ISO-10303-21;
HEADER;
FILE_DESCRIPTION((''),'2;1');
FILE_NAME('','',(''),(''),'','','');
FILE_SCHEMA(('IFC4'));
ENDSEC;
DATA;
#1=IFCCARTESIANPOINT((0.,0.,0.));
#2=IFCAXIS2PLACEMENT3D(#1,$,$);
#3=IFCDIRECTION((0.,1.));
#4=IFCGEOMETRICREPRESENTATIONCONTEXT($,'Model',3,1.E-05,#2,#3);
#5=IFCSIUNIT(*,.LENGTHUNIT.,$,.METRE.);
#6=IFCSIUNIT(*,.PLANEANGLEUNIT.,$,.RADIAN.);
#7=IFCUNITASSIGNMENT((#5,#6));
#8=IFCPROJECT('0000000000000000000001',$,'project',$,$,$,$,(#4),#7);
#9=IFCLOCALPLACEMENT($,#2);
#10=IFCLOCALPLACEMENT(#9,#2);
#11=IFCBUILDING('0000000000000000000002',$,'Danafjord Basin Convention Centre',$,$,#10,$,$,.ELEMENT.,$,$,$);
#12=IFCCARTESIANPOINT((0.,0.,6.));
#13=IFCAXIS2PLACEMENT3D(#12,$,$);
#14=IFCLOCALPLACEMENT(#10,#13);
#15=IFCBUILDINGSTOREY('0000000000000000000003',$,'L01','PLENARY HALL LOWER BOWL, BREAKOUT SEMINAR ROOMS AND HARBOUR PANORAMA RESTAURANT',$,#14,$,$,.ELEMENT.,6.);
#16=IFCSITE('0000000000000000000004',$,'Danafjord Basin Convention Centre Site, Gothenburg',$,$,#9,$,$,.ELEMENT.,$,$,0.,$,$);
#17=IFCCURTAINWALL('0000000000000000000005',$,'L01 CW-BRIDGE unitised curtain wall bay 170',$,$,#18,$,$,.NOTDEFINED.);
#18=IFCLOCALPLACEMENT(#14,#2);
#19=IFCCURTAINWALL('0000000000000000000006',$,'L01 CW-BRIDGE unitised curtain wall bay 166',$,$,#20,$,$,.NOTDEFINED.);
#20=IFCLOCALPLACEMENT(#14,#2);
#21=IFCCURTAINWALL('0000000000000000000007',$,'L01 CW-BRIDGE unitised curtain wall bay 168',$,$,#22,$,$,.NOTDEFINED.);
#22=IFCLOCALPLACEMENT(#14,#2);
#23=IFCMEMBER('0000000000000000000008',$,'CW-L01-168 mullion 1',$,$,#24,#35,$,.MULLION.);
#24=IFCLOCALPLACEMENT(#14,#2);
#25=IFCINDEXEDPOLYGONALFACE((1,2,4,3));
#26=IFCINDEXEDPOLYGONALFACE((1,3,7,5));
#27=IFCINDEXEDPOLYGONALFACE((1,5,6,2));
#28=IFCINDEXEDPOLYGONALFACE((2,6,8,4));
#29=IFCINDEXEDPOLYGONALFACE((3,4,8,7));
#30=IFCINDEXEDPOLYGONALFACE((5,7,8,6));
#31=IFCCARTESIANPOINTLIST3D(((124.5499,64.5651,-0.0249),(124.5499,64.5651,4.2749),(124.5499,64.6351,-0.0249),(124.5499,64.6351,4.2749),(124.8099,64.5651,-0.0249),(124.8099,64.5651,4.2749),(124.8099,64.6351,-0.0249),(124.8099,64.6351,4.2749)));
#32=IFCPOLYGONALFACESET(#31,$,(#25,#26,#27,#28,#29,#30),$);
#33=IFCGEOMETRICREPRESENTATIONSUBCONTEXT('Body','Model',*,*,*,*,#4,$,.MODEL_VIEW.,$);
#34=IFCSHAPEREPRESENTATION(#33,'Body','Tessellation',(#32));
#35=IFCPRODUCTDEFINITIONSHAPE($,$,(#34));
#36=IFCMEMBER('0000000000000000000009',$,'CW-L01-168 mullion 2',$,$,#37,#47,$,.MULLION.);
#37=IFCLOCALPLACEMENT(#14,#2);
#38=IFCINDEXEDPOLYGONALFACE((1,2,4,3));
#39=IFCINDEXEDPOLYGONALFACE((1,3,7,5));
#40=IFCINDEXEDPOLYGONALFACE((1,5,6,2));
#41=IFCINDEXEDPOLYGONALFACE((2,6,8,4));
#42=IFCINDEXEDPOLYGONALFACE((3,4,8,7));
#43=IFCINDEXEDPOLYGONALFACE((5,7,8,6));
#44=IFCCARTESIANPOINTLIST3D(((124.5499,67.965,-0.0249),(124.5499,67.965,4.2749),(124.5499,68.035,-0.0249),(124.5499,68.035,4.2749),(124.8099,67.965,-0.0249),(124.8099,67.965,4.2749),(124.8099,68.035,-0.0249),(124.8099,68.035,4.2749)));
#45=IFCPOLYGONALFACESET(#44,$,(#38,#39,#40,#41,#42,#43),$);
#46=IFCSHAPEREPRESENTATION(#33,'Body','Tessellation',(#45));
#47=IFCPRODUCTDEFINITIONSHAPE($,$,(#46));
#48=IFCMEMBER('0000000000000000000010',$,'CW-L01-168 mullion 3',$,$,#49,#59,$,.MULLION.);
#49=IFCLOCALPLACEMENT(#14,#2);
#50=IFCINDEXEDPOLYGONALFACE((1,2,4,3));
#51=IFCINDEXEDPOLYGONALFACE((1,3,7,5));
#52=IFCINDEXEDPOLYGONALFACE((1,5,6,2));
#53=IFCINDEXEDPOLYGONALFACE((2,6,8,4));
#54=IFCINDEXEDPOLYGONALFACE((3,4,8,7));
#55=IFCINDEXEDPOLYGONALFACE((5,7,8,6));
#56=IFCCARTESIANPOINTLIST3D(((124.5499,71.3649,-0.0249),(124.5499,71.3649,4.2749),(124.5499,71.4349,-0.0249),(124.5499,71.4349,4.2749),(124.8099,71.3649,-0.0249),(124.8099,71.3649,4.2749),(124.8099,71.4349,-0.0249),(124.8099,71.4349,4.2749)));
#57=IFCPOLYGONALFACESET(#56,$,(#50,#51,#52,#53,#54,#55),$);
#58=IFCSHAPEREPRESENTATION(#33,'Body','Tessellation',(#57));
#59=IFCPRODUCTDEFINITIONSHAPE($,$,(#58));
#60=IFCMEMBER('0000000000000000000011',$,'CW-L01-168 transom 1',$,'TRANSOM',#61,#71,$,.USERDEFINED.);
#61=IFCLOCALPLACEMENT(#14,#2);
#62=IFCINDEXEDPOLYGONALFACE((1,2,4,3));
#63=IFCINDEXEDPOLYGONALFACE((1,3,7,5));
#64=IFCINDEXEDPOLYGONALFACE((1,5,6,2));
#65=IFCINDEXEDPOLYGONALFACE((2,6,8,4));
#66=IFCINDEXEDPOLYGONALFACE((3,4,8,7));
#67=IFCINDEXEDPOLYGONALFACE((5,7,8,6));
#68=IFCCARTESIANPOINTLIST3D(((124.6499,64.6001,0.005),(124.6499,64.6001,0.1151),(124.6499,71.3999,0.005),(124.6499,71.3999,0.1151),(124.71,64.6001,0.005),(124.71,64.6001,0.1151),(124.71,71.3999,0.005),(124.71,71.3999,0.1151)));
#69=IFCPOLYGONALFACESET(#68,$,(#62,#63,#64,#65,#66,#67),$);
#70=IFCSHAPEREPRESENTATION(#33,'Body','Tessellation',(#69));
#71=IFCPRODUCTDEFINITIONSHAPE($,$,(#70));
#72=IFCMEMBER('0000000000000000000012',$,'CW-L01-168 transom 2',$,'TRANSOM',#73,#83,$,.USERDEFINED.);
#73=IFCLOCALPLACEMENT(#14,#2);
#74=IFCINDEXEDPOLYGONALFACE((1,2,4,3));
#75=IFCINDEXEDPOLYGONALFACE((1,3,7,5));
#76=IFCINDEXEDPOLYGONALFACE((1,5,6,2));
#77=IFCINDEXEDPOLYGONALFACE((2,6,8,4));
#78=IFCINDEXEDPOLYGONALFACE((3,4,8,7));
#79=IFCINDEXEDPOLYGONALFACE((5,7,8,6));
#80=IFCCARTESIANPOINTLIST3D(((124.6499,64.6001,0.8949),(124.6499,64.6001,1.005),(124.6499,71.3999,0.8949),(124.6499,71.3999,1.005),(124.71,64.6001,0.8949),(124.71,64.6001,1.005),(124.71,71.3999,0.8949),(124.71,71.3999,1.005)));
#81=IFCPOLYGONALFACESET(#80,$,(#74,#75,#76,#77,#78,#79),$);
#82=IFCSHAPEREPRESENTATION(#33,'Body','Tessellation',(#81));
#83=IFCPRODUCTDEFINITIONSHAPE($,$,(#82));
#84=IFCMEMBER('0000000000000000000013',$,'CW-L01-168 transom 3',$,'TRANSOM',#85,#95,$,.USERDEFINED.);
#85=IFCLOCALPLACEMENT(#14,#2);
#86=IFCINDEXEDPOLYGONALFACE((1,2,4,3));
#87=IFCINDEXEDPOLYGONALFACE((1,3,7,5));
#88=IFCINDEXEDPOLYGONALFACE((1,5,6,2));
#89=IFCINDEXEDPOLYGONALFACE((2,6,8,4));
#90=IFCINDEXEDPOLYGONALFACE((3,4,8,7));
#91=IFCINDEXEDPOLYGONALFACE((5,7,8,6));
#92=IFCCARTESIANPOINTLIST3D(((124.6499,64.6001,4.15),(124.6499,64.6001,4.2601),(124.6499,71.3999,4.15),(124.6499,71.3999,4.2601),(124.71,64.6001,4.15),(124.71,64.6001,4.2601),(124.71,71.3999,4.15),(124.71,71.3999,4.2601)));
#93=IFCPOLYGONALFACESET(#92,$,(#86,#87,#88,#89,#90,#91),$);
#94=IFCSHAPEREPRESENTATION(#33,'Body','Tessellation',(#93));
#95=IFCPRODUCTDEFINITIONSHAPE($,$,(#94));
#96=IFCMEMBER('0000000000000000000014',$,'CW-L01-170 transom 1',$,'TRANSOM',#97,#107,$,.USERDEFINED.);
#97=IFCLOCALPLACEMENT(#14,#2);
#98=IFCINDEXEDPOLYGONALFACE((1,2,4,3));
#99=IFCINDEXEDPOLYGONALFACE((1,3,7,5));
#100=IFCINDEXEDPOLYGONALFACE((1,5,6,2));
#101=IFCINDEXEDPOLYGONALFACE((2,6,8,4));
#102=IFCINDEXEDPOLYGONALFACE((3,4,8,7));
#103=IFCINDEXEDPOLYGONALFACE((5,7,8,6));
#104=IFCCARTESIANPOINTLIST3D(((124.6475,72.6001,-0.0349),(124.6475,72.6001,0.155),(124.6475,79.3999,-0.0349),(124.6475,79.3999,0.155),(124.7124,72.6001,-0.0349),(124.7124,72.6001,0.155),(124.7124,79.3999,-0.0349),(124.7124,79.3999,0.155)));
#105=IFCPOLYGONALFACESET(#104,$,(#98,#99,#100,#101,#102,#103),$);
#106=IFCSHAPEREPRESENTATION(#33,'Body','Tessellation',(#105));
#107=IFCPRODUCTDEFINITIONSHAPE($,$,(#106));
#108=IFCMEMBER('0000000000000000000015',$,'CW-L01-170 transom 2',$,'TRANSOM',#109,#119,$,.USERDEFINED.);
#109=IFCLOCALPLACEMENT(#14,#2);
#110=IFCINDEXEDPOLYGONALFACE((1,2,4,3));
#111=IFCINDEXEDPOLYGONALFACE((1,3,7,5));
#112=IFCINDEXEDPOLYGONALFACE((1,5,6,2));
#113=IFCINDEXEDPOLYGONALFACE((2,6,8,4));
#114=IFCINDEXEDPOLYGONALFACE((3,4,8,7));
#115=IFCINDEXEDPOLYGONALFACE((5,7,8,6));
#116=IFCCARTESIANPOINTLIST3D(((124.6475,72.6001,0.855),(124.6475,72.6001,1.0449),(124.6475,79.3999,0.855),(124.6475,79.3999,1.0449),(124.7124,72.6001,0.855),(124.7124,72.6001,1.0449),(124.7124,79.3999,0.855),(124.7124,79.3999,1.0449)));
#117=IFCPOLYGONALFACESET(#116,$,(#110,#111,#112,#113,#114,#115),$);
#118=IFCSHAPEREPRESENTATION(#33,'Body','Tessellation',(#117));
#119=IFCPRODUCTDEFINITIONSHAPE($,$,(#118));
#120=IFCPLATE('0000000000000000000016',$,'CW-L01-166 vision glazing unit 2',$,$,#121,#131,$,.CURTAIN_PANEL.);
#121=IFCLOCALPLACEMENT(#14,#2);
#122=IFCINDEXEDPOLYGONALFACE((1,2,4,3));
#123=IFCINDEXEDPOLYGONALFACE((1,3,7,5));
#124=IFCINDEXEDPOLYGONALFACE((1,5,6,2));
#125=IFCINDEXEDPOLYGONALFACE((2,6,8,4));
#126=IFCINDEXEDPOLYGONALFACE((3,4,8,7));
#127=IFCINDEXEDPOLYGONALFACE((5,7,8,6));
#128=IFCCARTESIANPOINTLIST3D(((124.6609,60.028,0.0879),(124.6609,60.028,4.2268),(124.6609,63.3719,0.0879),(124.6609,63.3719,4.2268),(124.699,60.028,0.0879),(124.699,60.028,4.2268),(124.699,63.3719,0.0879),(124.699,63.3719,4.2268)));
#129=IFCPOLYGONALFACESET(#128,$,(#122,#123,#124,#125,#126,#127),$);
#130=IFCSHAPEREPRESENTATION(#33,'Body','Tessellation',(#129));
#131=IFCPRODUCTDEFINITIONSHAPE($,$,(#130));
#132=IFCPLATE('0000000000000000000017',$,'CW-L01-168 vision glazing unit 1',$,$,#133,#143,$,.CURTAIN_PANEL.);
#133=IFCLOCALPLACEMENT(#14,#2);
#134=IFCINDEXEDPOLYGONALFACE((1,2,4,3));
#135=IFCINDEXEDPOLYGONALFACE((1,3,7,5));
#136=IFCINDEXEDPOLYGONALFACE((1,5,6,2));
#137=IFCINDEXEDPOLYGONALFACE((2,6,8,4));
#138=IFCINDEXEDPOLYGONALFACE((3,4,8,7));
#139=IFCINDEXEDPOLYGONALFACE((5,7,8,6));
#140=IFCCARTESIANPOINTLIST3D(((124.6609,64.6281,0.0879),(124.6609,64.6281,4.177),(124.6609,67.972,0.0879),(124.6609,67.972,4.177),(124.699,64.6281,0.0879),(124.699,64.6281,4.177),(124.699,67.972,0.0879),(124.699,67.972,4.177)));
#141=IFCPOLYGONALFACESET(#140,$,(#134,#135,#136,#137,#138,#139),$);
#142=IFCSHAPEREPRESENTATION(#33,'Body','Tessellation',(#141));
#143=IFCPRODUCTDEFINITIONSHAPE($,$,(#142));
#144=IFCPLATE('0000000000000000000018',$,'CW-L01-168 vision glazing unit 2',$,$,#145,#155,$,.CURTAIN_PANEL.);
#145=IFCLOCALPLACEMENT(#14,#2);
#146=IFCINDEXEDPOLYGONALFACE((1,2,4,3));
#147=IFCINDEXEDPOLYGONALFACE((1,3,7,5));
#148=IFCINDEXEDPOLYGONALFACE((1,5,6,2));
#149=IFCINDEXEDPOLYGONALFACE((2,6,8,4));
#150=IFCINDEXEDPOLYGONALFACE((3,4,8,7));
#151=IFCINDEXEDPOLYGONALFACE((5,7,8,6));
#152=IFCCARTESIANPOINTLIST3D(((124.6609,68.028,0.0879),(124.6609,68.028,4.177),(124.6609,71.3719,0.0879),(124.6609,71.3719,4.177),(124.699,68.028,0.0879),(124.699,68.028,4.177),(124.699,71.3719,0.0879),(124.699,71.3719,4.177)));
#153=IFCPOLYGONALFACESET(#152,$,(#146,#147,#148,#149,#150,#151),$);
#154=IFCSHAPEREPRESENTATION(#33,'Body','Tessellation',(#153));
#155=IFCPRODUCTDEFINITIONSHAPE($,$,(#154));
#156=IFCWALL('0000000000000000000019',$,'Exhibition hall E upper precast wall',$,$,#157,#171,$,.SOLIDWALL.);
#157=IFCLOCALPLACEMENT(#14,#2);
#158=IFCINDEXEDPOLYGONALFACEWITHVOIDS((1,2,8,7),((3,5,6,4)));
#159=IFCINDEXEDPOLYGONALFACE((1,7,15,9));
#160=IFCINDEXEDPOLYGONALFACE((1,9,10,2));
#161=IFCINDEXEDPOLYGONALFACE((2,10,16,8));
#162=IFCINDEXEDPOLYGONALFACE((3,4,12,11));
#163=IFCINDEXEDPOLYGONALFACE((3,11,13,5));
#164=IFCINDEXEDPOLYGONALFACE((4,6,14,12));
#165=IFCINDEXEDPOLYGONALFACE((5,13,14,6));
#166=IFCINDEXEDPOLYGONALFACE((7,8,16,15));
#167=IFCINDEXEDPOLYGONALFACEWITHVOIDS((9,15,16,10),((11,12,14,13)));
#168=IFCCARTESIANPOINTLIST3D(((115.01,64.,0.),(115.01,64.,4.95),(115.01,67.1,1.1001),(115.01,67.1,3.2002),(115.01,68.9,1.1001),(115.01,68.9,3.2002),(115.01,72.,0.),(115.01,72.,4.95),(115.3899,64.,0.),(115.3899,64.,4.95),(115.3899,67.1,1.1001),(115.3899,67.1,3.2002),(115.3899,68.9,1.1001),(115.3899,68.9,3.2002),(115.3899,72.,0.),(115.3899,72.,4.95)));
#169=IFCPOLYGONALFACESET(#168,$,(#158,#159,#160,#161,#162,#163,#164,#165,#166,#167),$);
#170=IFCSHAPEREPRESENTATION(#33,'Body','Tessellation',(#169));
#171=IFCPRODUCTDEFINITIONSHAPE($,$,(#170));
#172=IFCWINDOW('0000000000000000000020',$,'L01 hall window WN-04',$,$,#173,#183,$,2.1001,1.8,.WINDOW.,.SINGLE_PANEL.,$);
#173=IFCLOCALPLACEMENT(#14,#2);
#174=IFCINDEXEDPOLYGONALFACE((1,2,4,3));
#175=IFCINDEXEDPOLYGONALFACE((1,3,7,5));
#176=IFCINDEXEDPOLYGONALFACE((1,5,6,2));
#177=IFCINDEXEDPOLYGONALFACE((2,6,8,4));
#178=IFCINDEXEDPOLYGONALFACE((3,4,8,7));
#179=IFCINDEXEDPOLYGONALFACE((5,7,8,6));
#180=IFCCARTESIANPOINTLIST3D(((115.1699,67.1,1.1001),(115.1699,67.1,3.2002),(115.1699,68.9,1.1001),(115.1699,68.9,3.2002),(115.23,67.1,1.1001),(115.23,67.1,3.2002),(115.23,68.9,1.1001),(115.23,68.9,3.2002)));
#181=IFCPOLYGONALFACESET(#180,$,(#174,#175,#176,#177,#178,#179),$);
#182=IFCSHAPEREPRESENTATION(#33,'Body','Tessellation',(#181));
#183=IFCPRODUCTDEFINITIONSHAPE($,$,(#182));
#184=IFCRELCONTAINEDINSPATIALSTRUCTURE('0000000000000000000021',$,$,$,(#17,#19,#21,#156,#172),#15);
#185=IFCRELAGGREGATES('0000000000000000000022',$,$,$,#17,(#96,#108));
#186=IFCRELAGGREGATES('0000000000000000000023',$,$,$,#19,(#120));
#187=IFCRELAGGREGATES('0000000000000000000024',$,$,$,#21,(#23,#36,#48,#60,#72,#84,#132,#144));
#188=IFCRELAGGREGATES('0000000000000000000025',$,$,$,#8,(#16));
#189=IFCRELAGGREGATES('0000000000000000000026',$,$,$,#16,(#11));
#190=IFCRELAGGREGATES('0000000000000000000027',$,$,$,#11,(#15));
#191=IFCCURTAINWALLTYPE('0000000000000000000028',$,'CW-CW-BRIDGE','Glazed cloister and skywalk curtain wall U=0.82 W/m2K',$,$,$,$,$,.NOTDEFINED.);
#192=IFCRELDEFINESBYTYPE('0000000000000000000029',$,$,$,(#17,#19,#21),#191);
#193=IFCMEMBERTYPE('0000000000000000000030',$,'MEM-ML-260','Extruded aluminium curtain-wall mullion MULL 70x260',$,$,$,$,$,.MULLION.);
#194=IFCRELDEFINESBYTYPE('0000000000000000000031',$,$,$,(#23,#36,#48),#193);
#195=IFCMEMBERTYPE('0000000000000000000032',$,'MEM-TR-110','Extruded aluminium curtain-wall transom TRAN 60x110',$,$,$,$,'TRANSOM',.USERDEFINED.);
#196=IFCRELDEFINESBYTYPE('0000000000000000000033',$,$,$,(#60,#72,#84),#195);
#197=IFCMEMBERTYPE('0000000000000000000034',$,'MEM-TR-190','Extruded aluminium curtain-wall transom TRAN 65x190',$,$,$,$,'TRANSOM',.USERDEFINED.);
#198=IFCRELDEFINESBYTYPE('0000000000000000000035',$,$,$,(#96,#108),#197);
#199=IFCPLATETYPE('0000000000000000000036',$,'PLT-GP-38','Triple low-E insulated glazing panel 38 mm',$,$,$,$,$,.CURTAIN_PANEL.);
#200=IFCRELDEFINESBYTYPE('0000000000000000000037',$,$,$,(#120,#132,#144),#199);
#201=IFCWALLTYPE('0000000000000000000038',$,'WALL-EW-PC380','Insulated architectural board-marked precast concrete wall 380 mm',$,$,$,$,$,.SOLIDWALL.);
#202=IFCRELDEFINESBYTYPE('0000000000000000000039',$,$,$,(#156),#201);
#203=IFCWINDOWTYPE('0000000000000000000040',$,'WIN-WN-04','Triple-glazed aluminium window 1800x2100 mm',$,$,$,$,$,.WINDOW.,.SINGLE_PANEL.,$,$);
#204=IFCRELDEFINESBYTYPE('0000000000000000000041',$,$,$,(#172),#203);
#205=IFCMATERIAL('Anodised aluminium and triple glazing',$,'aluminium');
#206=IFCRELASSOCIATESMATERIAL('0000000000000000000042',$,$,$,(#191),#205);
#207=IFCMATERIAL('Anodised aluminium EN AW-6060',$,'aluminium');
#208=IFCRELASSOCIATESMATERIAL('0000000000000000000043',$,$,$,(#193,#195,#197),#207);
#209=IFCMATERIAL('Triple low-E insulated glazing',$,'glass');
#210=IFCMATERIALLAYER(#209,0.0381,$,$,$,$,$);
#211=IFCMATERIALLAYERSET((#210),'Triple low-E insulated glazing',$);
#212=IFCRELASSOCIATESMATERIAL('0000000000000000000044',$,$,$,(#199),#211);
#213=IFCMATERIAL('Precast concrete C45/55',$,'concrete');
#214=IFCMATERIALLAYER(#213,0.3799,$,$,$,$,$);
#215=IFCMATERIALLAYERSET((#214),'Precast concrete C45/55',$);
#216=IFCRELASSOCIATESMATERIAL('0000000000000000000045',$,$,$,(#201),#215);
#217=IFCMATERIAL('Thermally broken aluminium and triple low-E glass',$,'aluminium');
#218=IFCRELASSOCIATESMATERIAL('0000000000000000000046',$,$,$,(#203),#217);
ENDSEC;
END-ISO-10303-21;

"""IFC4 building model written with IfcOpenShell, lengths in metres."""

from ifc_helpers import new_model, si_unit, direction, frame, frame_2d, origin, origin_2d, place, context, subcontext, project, spatial, rectangle, extrude, material, layer, layer_set, material_profile, profile_set, type_object, element, fill, aggregate, save


model = new_model("IFC4")

# Units and contexts
model_context = context("Model", 3, precision=1e-05, world=origin(), true_north=direction((0.0, 1.0)))
body_context = subcontext(model_context, "Body", "Model", "MODEL_VIEW")
ifc_project = project(units=[si_unit("LENGTHUNIT", "METRE"), si_unit("PLANEANGLEUNIT", "RADIAN")], contexts=[model_context])

# Site, building, storey
site_placement = place(None, origin())
site = spatial("IfcSite", under=ifc_project, at=site_placement, Name="Danafjord Basin Convention Centre Site, Gothenburg", CompositionType="ELEMENT", RefElevation=0.0)
building_placement = place(site_placement, origin())
building = spatial("IfcBuilding", under=site, at=building_placement, Name="Danafjord Basin Convention Centre", CompositionType="ELEMENT")
storey_placement = place(building_placement, frame((0.0, 0.0, 6.0)))
storey = spatial("IfcBuildingStorey", under=building, at=storey_placement, Name="L01", Description="PLENARY HALL LOWER BOWL, BREAKOUT SEMINAR ROOMS AND HARBOUR PANORAMA RESTAURANT", CompositionType="ELEMENT", Elevation=6.0)

# Curtain wall
ifc_material_1 = material(Name="Anodised aluminium and triple glazing", Category="aluminium")
curtain_wall_type = type_object("IfcCurtainWallType", Name="CW-CW-BRIDGE", Description="Glazed cloister and skywalk curtain wall U=0.82 W/m2K", PredefinedType="NOTDEFINED", material=ifc_material_1)
curtain_wall_1_placement = place(storey_placement, origin())
curtain_wall_1 = element("IfcCurtainWall", 1, at=curtain_wall_1_placement, inside=storey, type_object=curtain_wall_type, Name="L01 CW-BRIDGE unitised curtain wall bay 170", PredefinedType="NOTDEFINED")
ifc_material_2 = material(Name="Anodised aluminium EN AW-6060", Category="aluminium")

# Curtain walls, members
curtain_wall_2_placement = place(storey_placement, origin())
curtain_wall_2 = element("IfcCurtainWall", 2, at=curtain_wall_2_placement, inside=storey, type_object=curtain_wall_type, Name="L01 CW-BRIDGE unitised curtain wall bay 166", PredefinedType="NOTDEFINED")
curtain_wall_3_placement = place(storey_placement, origin())
curtain_wall_3 = element("IfcCurtainWall", 3, at=curtain_wall_3_placement, inside=storey, type_object=curtain_wall_type, Name="L01 CW-BRIDGE unitised curtain wall bay 168", PredefinedType="NOTDEFINED")
ifc_material_profile_1 = material_profile(ifc_material_2, rectangle(XDim=0.0701, YDim=0.26, at=origin_2d()), Name="MULL 70x260")
ifc_profile_set_1 = profile_set([ifc_material_profile_1], Name="Anodised aluminium EN AW-6060")
member_type_1 = type_object("IfcMemberType", Name="MEM-ML-260", Description="Extruded aluminium curtain-wall mullion MULL 70x260", PredefinedType="MULLION", material=ifc_profile_set_1)
member_1_placement = place(storey_placement, frame((124.6799, 64.6001, -0.0249), z_axis=(0.0, 0.0, 1.0), x_axis=(0.0, 1.0, 0.0)))
member_1 = element("IfcMember", 4, at=member_1_placement, type_object=member_type_1, Name="CW-L01-168 mullion 1", PredefinedType="MULLION", context=body_context, shape_type="SweptSolid", body=[
    extrude(rectangle(XDim=0.0701, YDim=0.26, at=origin_2d()), origin(), (0.0, 0.0, 1.0), 4.2998),
])
member_2_placement = place(storey_placement, frame((124.6799, 68.0, -0.0249), z_axis=(0.0, 0.0, 1.0), x_axis=(0.0, 1.0, 0.0)))
member_2 = element("IfcMember", 5, at=member_2_placement, type_object=member_type_1, Name="CW-L01-168 mullion 2", PredefinedType="MULLION", context=body_context, shape_type="SweptSolid", body=[
    extrude(rectangle(XDim=0.0701, YDim=0.26, at=origin_2d()), origin(), (0.0, 0.0, 1.0), 4.2998),
])
member_3_placement = place(storey_placement, frame((124.6799, 71.3999, -0.0249), z_axis=(0.0, 0.0, 1.0), x_axis=(0.0, 1.0, 0.0)))
member_3 = element("IfcMember", 6, at=member_3_placement, type_object=member_type_1, Name="CW-L01-168 mullion 3", PredefinedType="MULLION", context=body_context, shape_type="SweptSolid", body=[
    extrude(rectangle(XDim=0.0701, YDim=0.26, at=origin_2d()), origin(), (0.0, 0.0, 1.0), 4.2998),
])
ifc_material_profile_2 = material_profile(ifc_material_2, rectangle(XDim=0.0601, YDim=0.1101, at=origin_2d()), Name="TRAN 60x110")
ifc_profile_set_2 = profile_set([ifc_material_profile_2], Name="Anodised aluminium EN AW-6060")
member_type_2 = type_object("IfcMemberType", Name="MEM-TR-110", Description="Extruded aluminium curtain-wall transom TRAN 60x110", ElementType="TRANSOM", PredefinedType="USERDEFINED", material=ifc_profile_set_2)
member_4_placement = place(storey_placement, frame((124.6799, 64.6001, 0.0601), z_axis=(0.0, 1.0, 0.0), x_axis=(-1.0, 0.0, 0.0)))
member_4 = element("IfcMember", 7, at=member_4_placement, type_object=member_type_2, Name="CW-L01-168 transom 1", ObjectType="TRANSOM", PredefinedType="USERDEFINED", context=body_context, shape_type="SweptSolid", body=[
    extrude(rectangle(XDim=0.0601, YDim=0.1101, at=origin_2d()), origin(), (0.0, 0.0, 1.0), 6.7998),
])
member_5_placement = place(storey_placement, frame((124.6799, 64.6001, 0.95), z_axis=(0.0, 1.0, 0.0), x_axis=(-1.0, 0.0, 0.0)))
member_5 = element("IfcMember", 8, at=member_5_placement, type_object=member_type_2, Name="CW-L01-168 transom 2", ObjectType="TRANSOM", PredefinedType="USERDEFINED", context=body_context, shape_type="SweptSolid", body=[
    extrude(rectangle(XDim=0.0601, YDim=0.1101, at=origin_2d()), origin(), (0.0, 0.0, 1.0), 6.7998),
])
member_6_placement = place(storey_placement, frame((124.6799, 64.6001, 4.2051), z_axis=(0.0, 1.0, 0.0), x_axis=(-1.0, 0.0, 0.0)))
member_6 = element("IfcMember", 9, at=member_6_placement, type_object=member_type_2, Name="CW-L01-168 transom 3", ObjectType="TRANSOM", PredefinedType="USERDEFINED", context=body_context, shape_type="SweptSolid", body=[
    extrude(rectangle(XDim=0.0601, YDim=0.1101, at=origin_2d()), origin(), (0.0, 0.0, 1.0), 6.7998),
])

# Members
ifc_material_profile_3 = material_profile(ifc_material_2, rectangle(XDim=0.0649, YDim=0.1899, at=origin_2d()), Name="TRAN 65x190")
ifc_profile_set_3 = profile_set([ifc_material_profile_3], Name="Anodised aluminium EN AW-6060")
member_type_3 = type_object("IfcMemberType", Name="MEM-TR-190", Description="Extruded aluminium curtain-wall transom TRAN 65x190", ElementType="TRANSOM", PredefinedType="USERDEFINED", material=ifc_profile_set_3)
member_7_placement = place(storey_placement, frame((124.6799, 72.6001, 0.0601), z_axis=(0.0, 1.0, 0.0), x_axis=(-1.0, 0.0, 0.0)))
member_7 = element("IfcMember", 10, at=member_7_placement, type_object=member_type_3, Name="CW-L01-170 transom 1", ObjectType="TRANSOM", PredefinedType="USERDEFINED", context=body_context, shape_type="SweptSolid", body=[
    extrude(rectangle(XDim=0.0649, YDim=0.1899, at=origin_2d()), origin(), (0.0, 0.0, 1.0), 6.7998),
])
member_8_placement = place(storey_placement, frame((124.6799, 72.6001, 0.95), z_axis=(0.0, 1.0, 0.0), x_axis=(-1.0, 0.0, 0.0)))
member_8 = element("IfcMember", 11, at=member_8_placement, type_object=member_type_3, Name="CW-L01-170 transom 2", ObjectType="TRANSOM", PredefinedType="USERDEFINED", context=body_context, shape_type="SweptSolid", body=[
    extrude(rectangle(XDim=0.0649, YDim=0.1899, at=origin_2d()), origin(), (0.0, 0.0, 1.0), 6.7998),
])
aggregate(curtain_wall_1, [member_7, member_8])

# Plates
ifc_material_3 = material(Name="Triple low-E insulated glazing", Category="glass")
ifc_layer_1 = layer(ifc_material_3, 0.0381)
ifc_layer_set_1 = layer_set([ifc_layer_1], Name="Triple low-E insulated glazing")
plate_type = type_object("IfcPlateType", Name="PLT-GP-38", Description="Triple low-E insulated glazing panel 38 mm", PredefinedType="CURTAIN_PANEL", material=ifc_layer_set_1)
plate_1_placement = place(storey_placement, frame((124.6799, 61.7, 0.0879), z_axis=(0.0, 0.0, 1.0), x_axis=(0.0, 1.0, 0.0)))
plate_1 = element("IfcPlate", 12, at=plate_1_placement, type_object=plate_type, Name="CW-L01-166 vision glazing unit 2", PredefinedType="CURTAIN_PANEL", context=body_context, shape_type="SweptSolid", body=[
    extrude(rectangle(XDim=3.344, YDim=0.0381, at=origin_2d()), origin(), (0.0, 0.0, 1.0), 4.1389),
])
aggregate(curtain_wall_2, [plate_1])
plate_2_placement = place(storey_placement, frame((124.6799, 66.3, 0.0879), z_axis=(0.0, 0.0, 1.0), x_axis=(0.0, 1.0, 0.0)))
plate_2 = element("IfcPlate", 13, at=plate_2_placement, type_object=plate_type, Name="CW-L01-168 vision glazing unit 1", PredefinedType="CURTAIN_PANEL", context=body_context, shape_type="SweptSolid", body=[
    extrude(rectangle(XDim=3.344, YDim=0.0381, at=origin_2d()), origin(), (0.0, 0.0, 1.0), 4.0891),
])
plate_3_placement = place(storey_placement, frame((124.6799, 69.7, 0.0879), z_axis=(0.0, 0.0, 1.0), x_axis=(0.0, 1.0, 0.0)))
plate_3 = element("IfcPlate", 14, at=plate_3_placement, type_object=plate_type, Name="CW-L01-168 vision glazing unit 2", PredefinedType="CURTAIN_PANEL", context=body_context, shape_type="SweptSolid", body=[
    extrude(rectangle(XDim=3.344, YDim=0.0381, at=origin_2d()), origin(), (0.0, 0.0, 1.0), 4.0891),
])
aggregate(curtain_wall_3, [member_1, member_2, member_3, member_4, member_5, member_6, plate_2, plate_3])

# Wall, opening, window
ifc_material_4 = material(Name="Precast concrete C45/55", Category="concrete")
ifc_layer_2 = layer(ifc_material_4, 0.3799)
ifc_layer_set_2 = layer_set([ifc_layer_2], Name="Precast concrete C45/55")
wall_type = type_object("IfcWallType", Name="WALL-EW-PC380", Description="Insulated architectural board-marked precast concrete wall 380 mm", PredefinedType="SOLIDWALL", material=ifc_layer_set_2)
wall_1_placement = place(storey_placement, frame((115.2, 64.0, 0.0), z_axis=(0.0, 0.0, 1.0), x_axis=(0.0, 1.0, 0.0)))
wall_1 = element("IfcWall", 15, at=wall_1_placement, inside=storey, type_object=wall_type, Name="Exhibition hall E upper precast wall", PredefinedType="SOLIDWALL", context=body_context, shape_type="SweptSolid", body=[
    extrude(rectangle(XDim=8.0, YDim=0.3799, at=frame_2d((4.0, 0.0))), origin(), (0.0, 0.0, 1.0), 4.95),
])
opening_1_placement = place(wall_1_placement, frame((3.1001, 0.0, 1.1001)))
opening_1 = element("IfcOpeningElement", 16, at=opening_1_placement, cuts=wall_1, PredefinedType="OPENING", context=body_context, shape_type="SweptSolid", body=[
    extrude(rectangle(XDim=1.8, YDim=2.1001, at=frame_2d((0.8999, 1.05))), frame((0.0, 0.2, 0.0), z_axis=(0.0, -1.0, 0.0), x_axis=(1.0, 0.0, 0.0)), (0.0, 0.0, 1.0), 0.3999),
])
ifc_material_5 = material(Name="Thermally broken aluminium and triple low-E glass", Category="aluminium")
window_type_1 = type_object("IfcWindowType", Name="WIN-WN-04", Description="Triple-glazed aluminium window 1800x2100 mm", PartitioningType="SINGLE_PANEL", PredefinedType="WINDOW", material=ifc_material_5)
window_1_placement = place(opening_1_placement, origin())
window_1 = element("IfcWindow", 17, at=window_1_placement, inside=storey, type_object=window_type_1, Name="L01 hall window WN-04", OverallHeight=2.1001, OverallWidth=1.8, PartitioningType="SINGLE_PANEL", PredefinedType="WINDOW", context=body_context, shape_type="SweptSolid", body=[
    extrude(rectangle(XDim=1.8, YDim=2.1001, at=frame_2d((0.8999, 1.05))), frame((0.0, 0.03, 0.0), z_axis=(0.0, -1.0, 0.0), x_axis=(1.0, 0.0, 0.0)), (0.0, 0.0, 1.0), 0.0601),
])
fill(opening_1, window_1)

save(model, "model.ifc")
